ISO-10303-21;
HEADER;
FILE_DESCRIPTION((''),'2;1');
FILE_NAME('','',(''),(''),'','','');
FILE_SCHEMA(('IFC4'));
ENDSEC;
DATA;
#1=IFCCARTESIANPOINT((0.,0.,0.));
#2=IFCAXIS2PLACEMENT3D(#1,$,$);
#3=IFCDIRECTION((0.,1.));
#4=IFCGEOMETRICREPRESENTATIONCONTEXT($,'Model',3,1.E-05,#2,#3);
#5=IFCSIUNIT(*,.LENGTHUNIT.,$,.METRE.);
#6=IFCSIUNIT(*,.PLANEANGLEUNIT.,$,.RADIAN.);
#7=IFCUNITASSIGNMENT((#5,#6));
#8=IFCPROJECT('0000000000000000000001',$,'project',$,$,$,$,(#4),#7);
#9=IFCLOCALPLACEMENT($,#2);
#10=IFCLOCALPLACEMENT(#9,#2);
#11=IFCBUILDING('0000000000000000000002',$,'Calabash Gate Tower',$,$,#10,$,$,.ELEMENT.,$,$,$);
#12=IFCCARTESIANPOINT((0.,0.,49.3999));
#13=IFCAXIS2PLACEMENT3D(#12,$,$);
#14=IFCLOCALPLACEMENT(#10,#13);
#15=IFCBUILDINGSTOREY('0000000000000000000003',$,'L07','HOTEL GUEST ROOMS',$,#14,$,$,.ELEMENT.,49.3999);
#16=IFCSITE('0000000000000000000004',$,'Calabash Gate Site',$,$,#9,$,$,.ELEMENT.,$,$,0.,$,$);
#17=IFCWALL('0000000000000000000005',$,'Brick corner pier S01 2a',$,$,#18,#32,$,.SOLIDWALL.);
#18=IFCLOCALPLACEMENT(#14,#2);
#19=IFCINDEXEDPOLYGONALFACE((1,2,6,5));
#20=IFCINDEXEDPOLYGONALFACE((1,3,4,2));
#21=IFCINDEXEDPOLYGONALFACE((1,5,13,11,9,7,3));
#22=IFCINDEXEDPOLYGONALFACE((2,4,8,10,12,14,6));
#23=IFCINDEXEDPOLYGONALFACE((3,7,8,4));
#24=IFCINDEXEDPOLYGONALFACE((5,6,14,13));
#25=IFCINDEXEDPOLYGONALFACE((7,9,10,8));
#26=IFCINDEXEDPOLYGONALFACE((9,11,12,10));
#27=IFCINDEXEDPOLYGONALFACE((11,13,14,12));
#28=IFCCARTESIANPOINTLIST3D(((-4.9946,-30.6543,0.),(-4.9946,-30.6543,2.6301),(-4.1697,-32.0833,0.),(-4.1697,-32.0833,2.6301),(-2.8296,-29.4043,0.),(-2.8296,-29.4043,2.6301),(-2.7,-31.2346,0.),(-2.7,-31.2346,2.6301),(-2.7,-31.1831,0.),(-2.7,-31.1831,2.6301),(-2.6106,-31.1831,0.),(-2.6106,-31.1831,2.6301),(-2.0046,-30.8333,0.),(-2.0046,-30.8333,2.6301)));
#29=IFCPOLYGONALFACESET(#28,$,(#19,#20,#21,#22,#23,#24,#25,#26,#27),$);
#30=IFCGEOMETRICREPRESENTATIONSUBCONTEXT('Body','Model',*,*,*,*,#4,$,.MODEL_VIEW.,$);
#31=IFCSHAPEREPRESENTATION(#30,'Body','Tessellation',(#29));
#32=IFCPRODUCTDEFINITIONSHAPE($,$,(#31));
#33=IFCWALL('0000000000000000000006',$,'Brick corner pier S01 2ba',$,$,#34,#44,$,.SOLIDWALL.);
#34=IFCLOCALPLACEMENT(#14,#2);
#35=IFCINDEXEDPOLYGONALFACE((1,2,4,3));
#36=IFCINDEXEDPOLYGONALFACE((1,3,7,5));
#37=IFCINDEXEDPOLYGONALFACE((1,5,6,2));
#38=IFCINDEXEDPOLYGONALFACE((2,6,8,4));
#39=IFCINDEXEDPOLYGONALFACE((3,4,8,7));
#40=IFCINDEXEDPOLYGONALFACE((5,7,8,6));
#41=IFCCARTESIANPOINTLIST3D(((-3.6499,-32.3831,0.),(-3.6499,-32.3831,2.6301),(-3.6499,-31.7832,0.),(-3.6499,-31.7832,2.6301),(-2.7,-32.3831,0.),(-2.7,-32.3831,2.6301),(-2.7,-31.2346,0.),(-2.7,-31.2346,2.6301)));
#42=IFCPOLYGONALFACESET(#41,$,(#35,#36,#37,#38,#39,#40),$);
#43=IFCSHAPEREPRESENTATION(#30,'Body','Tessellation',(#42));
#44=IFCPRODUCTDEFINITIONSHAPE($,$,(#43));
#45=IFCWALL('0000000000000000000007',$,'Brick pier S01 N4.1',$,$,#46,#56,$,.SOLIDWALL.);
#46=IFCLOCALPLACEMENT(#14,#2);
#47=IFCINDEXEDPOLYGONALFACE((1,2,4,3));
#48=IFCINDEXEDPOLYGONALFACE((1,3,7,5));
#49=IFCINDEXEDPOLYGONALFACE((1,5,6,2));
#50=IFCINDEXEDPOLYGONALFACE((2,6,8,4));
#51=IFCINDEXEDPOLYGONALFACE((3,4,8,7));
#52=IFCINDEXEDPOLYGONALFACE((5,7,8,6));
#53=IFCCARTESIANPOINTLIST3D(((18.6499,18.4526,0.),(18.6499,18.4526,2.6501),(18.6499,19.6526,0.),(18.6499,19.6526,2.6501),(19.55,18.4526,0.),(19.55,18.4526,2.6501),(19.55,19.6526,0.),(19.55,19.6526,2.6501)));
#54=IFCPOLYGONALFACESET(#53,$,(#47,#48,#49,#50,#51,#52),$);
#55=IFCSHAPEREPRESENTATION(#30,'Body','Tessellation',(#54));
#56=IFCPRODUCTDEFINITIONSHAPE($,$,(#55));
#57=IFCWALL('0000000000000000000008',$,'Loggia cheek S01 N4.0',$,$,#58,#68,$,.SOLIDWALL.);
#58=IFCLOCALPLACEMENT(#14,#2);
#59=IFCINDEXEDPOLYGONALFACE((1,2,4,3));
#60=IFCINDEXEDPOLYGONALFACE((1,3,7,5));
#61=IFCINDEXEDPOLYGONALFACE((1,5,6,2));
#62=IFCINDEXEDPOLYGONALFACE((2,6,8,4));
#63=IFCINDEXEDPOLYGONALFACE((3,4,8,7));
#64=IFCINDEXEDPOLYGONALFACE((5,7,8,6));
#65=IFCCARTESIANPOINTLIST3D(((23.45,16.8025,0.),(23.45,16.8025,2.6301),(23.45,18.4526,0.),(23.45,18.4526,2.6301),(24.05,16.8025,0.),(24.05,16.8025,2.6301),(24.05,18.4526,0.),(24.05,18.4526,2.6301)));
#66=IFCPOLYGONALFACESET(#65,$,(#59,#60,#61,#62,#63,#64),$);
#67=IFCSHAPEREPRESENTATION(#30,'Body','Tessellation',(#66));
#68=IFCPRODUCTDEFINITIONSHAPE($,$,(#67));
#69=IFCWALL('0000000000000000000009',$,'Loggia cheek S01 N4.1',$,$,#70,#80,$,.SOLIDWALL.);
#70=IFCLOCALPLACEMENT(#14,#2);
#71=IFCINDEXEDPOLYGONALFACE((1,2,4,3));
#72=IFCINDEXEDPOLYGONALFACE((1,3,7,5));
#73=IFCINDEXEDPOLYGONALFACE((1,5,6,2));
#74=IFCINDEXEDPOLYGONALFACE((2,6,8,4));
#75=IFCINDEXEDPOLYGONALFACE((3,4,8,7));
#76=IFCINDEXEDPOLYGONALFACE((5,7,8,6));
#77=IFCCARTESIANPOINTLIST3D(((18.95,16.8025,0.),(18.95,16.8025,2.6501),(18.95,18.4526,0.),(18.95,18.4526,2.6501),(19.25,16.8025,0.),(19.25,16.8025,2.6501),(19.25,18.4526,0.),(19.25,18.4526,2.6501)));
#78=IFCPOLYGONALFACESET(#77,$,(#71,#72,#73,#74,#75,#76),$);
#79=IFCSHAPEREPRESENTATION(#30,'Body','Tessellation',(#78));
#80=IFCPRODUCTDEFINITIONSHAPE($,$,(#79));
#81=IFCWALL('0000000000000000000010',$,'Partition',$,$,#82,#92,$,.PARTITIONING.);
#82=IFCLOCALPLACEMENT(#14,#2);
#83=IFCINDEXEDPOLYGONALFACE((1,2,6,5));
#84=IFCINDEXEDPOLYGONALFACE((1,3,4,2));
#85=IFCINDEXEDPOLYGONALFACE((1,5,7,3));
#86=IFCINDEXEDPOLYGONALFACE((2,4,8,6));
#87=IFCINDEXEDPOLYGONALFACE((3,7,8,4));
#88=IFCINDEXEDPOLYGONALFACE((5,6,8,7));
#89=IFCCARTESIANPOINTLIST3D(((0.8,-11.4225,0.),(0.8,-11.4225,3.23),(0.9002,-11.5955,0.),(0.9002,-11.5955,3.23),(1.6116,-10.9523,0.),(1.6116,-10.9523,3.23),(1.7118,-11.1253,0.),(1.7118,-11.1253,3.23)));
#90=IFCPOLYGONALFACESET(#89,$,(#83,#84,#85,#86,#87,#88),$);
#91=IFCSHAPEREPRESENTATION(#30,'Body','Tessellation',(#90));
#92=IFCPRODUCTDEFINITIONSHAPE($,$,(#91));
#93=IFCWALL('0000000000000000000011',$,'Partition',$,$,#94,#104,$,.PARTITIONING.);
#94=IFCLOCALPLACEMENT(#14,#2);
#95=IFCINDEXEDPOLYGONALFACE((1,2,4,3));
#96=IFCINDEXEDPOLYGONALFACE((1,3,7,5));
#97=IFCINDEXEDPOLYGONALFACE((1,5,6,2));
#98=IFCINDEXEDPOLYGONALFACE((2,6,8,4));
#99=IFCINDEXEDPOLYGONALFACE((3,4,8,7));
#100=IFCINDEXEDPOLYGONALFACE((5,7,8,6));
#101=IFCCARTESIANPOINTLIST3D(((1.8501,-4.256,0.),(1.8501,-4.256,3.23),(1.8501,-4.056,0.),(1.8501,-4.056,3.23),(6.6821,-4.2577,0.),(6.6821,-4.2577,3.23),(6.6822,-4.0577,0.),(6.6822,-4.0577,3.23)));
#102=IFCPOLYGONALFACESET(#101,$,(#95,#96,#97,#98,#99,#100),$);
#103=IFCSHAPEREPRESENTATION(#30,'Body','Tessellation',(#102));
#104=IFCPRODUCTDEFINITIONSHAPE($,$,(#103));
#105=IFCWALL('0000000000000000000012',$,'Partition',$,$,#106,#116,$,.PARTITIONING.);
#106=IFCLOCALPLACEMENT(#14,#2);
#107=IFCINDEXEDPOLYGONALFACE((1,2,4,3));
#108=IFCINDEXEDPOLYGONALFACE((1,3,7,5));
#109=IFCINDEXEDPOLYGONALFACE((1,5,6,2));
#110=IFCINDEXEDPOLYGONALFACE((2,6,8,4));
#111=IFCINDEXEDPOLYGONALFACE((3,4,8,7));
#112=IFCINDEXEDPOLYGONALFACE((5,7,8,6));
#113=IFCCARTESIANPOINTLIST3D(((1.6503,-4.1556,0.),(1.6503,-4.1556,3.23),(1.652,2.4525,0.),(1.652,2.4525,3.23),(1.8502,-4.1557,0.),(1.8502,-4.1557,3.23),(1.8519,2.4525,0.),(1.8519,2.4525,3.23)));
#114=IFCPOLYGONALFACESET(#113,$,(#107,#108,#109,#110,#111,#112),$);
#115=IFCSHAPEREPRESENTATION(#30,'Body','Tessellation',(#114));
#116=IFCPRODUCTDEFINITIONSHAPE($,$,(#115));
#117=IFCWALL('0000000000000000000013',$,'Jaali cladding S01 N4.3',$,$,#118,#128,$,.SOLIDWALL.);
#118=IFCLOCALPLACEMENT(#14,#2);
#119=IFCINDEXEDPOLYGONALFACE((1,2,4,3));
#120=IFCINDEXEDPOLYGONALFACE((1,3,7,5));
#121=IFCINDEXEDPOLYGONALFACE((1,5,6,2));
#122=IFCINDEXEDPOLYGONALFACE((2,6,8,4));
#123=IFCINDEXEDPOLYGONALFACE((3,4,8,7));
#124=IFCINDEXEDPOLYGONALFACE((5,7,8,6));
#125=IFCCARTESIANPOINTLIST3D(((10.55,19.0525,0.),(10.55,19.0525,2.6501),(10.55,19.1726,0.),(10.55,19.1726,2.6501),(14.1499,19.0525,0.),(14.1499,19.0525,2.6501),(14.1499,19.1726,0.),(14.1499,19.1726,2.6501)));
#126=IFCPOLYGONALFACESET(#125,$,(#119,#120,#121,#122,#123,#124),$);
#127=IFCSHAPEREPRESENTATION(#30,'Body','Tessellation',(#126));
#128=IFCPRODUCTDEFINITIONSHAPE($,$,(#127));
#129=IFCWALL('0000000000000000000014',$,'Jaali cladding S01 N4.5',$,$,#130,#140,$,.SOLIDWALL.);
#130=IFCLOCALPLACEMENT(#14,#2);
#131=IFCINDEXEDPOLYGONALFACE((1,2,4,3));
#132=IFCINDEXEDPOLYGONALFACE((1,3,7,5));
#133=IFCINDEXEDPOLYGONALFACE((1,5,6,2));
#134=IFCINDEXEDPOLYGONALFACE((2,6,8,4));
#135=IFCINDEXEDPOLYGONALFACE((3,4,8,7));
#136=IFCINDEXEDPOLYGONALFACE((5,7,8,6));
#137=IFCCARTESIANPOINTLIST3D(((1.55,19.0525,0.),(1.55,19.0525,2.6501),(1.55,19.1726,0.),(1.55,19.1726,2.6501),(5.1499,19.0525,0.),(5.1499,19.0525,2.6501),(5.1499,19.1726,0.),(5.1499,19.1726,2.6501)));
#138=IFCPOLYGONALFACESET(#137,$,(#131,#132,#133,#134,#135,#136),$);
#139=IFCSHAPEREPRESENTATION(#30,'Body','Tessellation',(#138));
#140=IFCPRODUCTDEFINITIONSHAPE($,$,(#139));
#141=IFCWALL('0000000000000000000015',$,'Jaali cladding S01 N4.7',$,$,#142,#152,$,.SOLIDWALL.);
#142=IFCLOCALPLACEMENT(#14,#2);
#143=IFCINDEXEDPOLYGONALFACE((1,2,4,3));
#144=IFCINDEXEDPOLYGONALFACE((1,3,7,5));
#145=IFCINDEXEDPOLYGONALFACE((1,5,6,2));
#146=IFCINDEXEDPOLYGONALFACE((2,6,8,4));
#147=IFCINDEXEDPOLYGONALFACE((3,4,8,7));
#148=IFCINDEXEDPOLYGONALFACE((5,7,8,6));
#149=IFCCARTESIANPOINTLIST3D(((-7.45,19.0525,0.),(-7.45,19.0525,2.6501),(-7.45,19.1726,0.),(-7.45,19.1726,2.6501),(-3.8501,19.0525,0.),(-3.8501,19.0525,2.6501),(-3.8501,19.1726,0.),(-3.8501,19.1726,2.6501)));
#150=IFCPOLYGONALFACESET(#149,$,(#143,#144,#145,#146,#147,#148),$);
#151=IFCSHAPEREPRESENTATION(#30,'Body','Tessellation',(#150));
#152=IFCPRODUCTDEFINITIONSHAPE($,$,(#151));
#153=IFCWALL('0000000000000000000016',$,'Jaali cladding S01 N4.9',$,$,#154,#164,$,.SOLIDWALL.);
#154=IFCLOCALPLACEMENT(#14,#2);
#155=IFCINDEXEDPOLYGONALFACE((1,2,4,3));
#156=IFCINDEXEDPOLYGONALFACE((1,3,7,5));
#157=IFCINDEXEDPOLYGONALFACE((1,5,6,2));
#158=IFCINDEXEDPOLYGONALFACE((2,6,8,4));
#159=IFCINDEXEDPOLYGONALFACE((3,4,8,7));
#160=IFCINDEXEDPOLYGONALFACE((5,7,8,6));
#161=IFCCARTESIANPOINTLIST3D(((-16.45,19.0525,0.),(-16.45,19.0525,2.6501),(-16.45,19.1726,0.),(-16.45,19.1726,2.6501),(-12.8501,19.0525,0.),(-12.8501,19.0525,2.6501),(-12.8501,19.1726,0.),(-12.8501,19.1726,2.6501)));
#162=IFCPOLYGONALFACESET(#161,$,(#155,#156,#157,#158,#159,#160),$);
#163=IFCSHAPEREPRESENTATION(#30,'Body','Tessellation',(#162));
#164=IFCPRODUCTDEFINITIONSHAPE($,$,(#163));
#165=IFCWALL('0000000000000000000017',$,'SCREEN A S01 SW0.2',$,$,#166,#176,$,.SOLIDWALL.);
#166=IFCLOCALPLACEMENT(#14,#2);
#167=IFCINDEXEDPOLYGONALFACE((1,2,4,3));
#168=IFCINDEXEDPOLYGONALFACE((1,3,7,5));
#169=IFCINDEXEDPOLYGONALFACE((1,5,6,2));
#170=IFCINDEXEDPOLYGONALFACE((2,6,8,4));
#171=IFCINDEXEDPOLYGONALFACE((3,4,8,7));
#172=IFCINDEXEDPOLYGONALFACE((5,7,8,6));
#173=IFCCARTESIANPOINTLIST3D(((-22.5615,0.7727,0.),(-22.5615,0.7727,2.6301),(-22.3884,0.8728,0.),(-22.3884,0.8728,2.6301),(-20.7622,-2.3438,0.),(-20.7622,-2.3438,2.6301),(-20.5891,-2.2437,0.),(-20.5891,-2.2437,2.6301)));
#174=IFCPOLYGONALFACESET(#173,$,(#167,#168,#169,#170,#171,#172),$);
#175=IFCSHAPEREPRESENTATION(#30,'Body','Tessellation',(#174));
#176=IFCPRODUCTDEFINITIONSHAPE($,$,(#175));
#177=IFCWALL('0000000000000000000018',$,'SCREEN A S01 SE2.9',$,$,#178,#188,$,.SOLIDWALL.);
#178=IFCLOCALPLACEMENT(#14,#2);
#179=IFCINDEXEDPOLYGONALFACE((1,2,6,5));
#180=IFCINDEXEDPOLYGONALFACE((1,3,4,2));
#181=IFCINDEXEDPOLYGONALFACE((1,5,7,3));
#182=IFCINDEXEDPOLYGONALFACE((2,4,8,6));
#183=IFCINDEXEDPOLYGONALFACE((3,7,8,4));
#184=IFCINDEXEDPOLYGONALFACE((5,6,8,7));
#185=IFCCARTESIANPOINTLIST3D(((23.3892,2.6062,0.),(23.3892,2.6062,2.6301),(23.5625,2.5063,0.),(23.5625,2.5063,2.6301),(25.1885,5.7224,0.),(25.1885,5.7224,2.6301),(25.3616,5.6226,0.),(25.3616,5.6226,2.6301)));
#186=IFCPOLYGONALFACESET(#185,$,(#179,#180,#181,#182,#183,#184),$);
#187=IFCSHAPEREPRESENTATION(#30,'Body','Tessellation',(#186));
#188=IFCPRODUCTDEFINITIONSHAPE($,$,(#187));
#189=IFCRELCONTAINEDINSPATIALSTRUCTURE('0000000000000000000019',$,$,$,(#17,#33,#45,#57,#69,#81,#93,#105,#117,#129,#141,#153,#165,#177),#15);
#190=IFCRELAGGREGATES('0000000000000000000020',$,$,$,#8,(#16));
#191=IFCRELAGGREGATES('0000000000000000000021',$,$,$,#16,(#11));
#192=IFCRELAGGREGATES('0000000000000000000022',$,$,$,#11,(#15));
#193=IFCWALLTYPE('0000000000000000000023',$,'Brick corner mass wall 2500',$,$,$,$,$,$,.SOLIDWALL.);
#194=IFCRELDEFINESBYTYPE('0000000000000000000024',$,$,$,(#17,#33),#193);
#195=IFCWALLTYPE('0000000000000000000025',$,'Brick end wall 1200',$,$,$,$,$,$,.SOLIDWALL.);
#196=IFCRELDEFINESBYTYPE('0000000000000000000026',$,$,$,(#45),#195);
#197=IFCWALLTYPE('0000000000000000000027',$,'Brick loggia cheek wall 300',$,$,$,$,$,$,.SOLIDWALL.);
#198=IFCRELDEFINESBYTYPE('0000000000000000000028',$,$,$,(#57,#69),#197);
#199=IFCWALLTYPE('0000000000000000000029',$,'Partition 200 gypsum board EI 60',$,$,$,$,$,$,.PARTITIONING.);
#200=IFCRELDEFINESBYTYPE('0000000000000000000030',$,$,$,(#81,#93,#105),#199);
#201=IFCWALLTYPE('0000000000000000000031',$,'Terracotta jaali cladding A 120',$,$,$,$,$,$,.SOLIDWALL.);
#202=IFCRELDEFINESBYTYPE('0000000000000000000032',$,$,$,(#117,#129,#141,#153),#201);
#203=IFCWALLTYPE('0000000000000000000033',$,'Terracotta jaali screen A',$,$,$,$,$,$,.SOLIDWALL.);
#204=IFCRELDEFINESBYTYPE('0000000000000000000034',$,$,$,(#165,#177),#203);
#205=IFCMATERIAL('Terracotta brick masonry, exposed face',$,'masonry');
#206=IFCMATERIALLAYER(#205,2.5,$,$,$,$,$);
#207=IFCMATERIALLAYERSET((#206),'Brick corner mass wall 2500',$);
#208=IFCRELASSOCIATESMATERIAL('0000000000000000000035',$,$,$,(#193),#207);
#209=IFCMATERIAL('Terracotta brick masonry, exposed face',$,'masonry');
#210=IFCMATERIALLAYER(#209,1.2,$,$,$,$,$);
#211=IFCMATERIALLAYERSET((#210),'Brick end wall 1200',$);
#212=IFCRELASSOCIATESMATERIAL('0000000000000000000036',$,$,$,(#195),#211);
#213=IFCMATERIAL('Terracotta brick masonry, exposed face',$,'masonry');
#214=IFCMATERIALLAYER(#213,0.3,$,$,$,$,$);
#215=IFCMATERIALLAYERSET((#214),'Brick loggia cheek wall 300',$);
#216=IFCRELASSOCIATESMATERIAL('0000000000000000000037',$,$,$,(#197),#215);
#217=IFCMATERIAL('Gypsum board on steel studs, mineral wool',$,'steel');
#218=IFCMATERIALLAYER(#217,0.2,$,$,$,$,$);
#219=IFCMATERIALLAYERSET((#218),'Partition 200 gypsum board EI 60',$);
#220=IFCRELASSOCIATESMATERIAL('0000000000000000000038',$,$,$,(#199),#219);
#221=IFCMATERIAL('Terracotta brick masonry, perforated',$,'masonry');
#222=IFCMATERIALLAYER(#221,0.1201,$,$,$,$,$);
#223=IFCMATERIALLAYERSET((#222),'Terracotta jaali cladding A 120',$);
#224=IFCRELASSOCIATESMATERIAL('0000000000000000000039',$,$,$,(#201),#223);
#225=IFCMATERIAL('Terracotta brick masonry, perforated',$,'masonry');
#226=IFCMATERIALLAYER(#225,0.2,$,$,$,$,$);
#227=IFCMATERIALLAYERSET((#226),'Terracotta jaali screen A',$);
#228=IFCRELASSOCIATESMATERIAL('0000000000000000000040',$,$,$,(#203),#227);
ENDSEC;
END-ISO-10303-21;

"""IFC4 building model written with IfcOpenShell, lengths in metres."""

from ifc_helpers import new_model, si_unit, direction, frame, frame_2d, origin, place, context, subcontext, project, spatial, polyline, rectangle, outline, extrude, material, layer, layer_set, type_object, element, save


model = new_model("IFC4")

# Units and contexts
model_context = context("Model", 3, precision=1e-05, world=origin(), true_north=direction((0.0, 1.0)))
body_context = subcontext(model_context, "Body", "Model", "MODEL_VIEW")
ifc_project = project(units=[si_unit("LENGTHUNIT", "METRE"), si_unit("PLANEANGLEUNIT", "RADIAN")], contexts=[model_context])

# Site, building, storey
site_placement = place(None, origin())
site = spatial("IfcSite", under=ifc_project, at=site_placement, Name="Calabash Gate Site", CompositionType="ELEMENT", RefElevation=0.0)
building_placement = place(site_placement, origin())
building = spatial("IfcBuilding", under=site, at=building_placement, Name="Calabash Gate Tower", CompositionType="ELEMENT")
storey_placement = place(building_placement, frame((0.0, 0.0, 49.3999)))
storey = spatial("IfcBuildingStorey", under=building, at=storey_placement, Name="L07", Description="HOTEL GUEST ROOMS", CompositionType="ELEMENT", Elevation=49.3999)

# Walls
ifc_material_1 = material(Name="Terracotta brick masonry, exposed face", Category="masonry")
ifc_layer_1 = layer(ifc_material_1, 2.5)
ifc_layer_set_1 = layer_set([ifc_layer_1], Name="Brick corner mass wall 2500")
wall_type_1 = type_object("IfcWallType", Name="Brick corner mass wall 2500", PredefinedType="SOLIDWALL", material=ifc_layer_set_1)
wall_1_placement = place(storey_placement, origin())
element("IfcWall", 1, at=wall_1_placement, inside=storey, type_object=wall_type_1, Name="Brick corner pier S01 2a", PredefinedType="SOLIDWALL", context=body_context, shape_type="SweptSolid", body=[
    extrude(outline(polyline([(-2.0046, -30.8333), (-2.8296, -29.4043), (-4.9946, -30.6543), (-4.1697, -32.0833), (-2.7, -31.2346), (-2.7, -31.1831), (-2.6106, -31.1831), (-2.0046, -30.8333)])), origin(), (0.0, 0.0, 1.0), 2.6301),
])
wall_2_placement = place(storey_placement, origin())
element("IfcWall", 2, at=wall_2_placement, inside=storey, type_object=wall_type_1, Name="Brick corner pier S01 2ba", PredefinedType="SOLIDWALL", context=body_context, shape_type="SweptSolid", body=[
    extrude(outline(polyline([(-3.6499, -31.7832), (-3.6499, -32.3831), (-2.7, -32.3831), (-2.7, -31.2346), (-3.6499, -31.7832)])), origin(), (0.0, 0.0, 1.0), 2.6301),
])
ifc_material_2 = material(Name="Terracotta brick masonry, exposed face", Category="masonry")
ifc_layer_2 = layer(ifc_material_2, 1.2)
ifc_layer_set_2 = layer_set([ifc_layer_2], Name="Brick end wall 1200")
wall_type_2 = type_object("IfcWallType", Name="Brick end wall 1200", PredefinedType="SOLIDWALL", material=ifc_layer_set_2)
wall_3_placement = place(storey_placement, origin())
element("IfcWall", 3, at=wall_3_placement, inside=storey, type_object=wall_type_2, Name="Brick pier S01 N4.1", PredefinedType="SOLIDWALL", context=body_context, shape_type="SweptSolid", body=[
    extrude(outline(polyline([(19.55, 19.6526), (18.6499, 19.6526), (18.6499, 18.4526), (19.55, 18.4526), (19.55, 19.6526)])), origin(), (0.0, 0.0, 1.0), 2.6501),
])
ifc_material_3 = material(Name="Terracotta brick masonry, exposed face", Category="masonry")
ifc_layer_3 = layer(ifc_material_3, 0.3)
ifc_layer_set_3 = layer_set([ifc_layer_3], Name="Brick loggia cheek wall 300")
wall_type_3 = type_object("IfcWallType", Name="Brick loggia cheek wall 300", PredefinedType="SOLIDWALL", material=ifc_layer_set_3)
wall_4_placement = place(storey_placement, origin())
element("IfcWall", 4, at=wall_4_placement, inside=storey, type_object=wall_type_3, Name="Loggia cheek S01 N4.0", PredefinedType="SOLIDWALL", context=body_context, shape_type="SweptSolid", body=[
    extrude(outline(polyline([(24.05, 16.8025), (24.05, 18.4526), (23.45, 18.4526), (23.45, 16.8025), (24.05, 16.8025)])), origin(), (0.0, 0.0, 1.0), 2.6301),
])
wall_5_placement = place(storey_placement, origin())
element("IfcWall", 5, at=wall_5_placement, inside=storey, type_object=wall_type_3, Name="Loggia cheek S01 N4.1", PredefinedType="SOLIDWALL", context=body_context, shape_type="SweptSolid", body=[
    extrude(outline(polyline([(18.95, 18.4526), (18.95, 16.8025), (19.25, 16.8025), (19.25, 18.4526), (18.95, 18.4526)])), origin(), (0.0, 0.0, 1.0), 2.6501),
])
ifc_material_4 = material(Name="Gypsum board on steel studs, mineral wool", Category="steel")
ifc_layer_4 = layer(ifc_material_4, 0.2)
ifc_layer_set_4 = layer_set([ifc_layer_4], Name="Partition 200 gypsum board EI 60")
wall_type_4 = type_object("IfcWallType", Name="Partition 200 gypsum board EI 60", PredefinedType="PARTITIONING", material=ifc_layer_set_4)
wall_6_placement = place(storey_placement, frame((0.8501, -11.509, 0.0), z_axis=(0.0, 0.0, 1.0), x_axis=(0.865248, 0.501344, 0.0)))
element("IfcWall", 6, at=wall_6_placement, inside=storey, type_object=wall_type_4, Name="Partition", PredefinedType="PARTITIONING", context=body_context, shape_type="SweptSolid", body=[
    extrude(rectangle(XDim=0.938, YDim=0.2, at=frame_2d((0.469, 0.0))), origin(), (0.0, 0.0, 1.0), 3.23),
])
wall_7_placement = place(storey_placement, frame((1.8501, -4.156, 0.0), z_axis=(0.0, 0.0, 1.0), x_axis=(1.0, -0.000354, 0.0)))
element("IfcWall", 7, at=wall_7_placement, inside=storey, type_object=wall_type_4, Name="Partition", PredefinedType="PARTITIONING", context=body_context, shape_type="SweptSolid", body=[
    extrude(rectangle(XDim=4.832, YDim=0.2, at=frame_2d((2.416, 0.0))), origin(), (0.0, 0.0, 1.0), 3.23),
])
wall_8_placement = place(storey_placement, frame((1.7502, -4.1558, 0.0), z_axis=(0.0, 0.0, 1.0), x_axis=(0.000259, 1.0, 0.0)))
element("IfcWall", 8, at=wall_8_placement, inside=storey, type_object=wall_type_4, Name="Partition", PredefinedType="PARTITIONING", context=body_context, shape_type="SweptSolid", body=[
    extrude(rectangle(XDim=6.6082, YDim=0.2, at=frame_2d((3.3042, 0.0))), origin(), (0.0, 0.0, 1.0), 3.23),
])
ifc_material_5 = material(Name="Terracotta brick masonry, perforated", Category="masonry")
ifc_layer_5 = layer(ifc_material_5, 0.1201)
ifc_layer_set_5 = layer_set([ifc_layer_5], Name="Terracotta jaali cladding A 120")
wall_type_5 = type_object("IfcWallType", Name="Terracotta jaali cladding A 120", PredefinedType="SOLIDWALL", material=ifc_layer_set_5)
wall_9_placement = place(storey_placement, origin())
element("IfcWall", 9, at=wall_9_placement, inside=storey, type_object=wall_type_5, Name="Jaali cladding S01 N4.3", PredefinedType="SOLIDWALL", context=body_context, shape_type="SweptSolid", body=[
    extrude(outline(polyline([(10.55, 19.1726), (10.55, 19.0525), (14.1499, 19.0525), (14.1499, 19.1726), (10.55, 19.1726)])), origin(), (0.0, 0.0, 1.0), 2.6501),
])
wall_10_placement = place(storey_placement, origin())
element("IfcWall", 10, at=wall_10_placement, inside=storey, type_object=wall_type_5, Name="Jaali cladding S01 N4.5", PredefinedType="SOLIDWALL", context=body_context, shape_type="SweptSolid", body=[
    extrude(outline(polyline([(1.55, 19.1726), (1.55, 19.0525), (5.1499, 19.0525), (5.1499, 19.1726), (1.55, 19.1726)])), origin(), (0.0, 0.0, 1.0), 2.6501),
])
wall_11_placement = place(storey_placement, origin())
element("IfcWall", 11, at=wall_11_placement, inside=storey, type_object=wall_type_5, Name="Jaali cladding S01 N4.7", PredefinedType="SOLIDWALL", context=body_context, shape_type="SweptSolid", body=[
    extrude(outline(polyline([(-7.45, 19.1726), (-7.45, 19.0525), (-3.8501, 19.0525), (-3.8501, 19.1726), (-7.45, 19.1726)])), origin(), (0.0, 0.0, 1.0), 2.6501),
])
wall_12_placement = place(storey_placement, origin())
element("IfcWall", 12, at=wall_12_placement, inside=storey, type_object=wall_type_5, Name="Jaali cladding S01 N4.9", PredefinedType="SOLIDWALL", context=body_context, shape_type="SweptSolid", body=[
    extrude(outline(polyline([(-16.45, 19.1726), (-16.45, 19.0525), (-12.8501, 19.0525), (-12.8501, 19.1726), (-16.45, 19.1726)])), origin(), (0.0, 0.0, 1.0), 2.6501),
])
ifc_material_6 = material(Name="Terracotta brick masonry, perforated", Category="masonry")
ifc_layer_6 = layer(ifc_material_6, 0.2)
ifc_layer_set_6 = layer_set([ifc_layer_6], Name="Terracotta jaali screen A")
wall_type_6 = type_object("IfcWallType", Name="Terracotta jaali screen A", PredefinedType="SOLIDWALL", material=ifc_layer_set_6)
wall_13_placement = place(storey_placement, origin())
element("IfcWall", 13, at=wall_13_placement, inside=storey, type_object=wall_type_6, Name="SCREEN A S01 SW0.2", PredefinedType="SOLIDWALL", context=body_context, shape_type="SweptSolid", body=[
    extrude(outline(polyline([(-22.5615, 0.7727), (-20.7622, -2.3438), (-20.5891, -2.2437), (-22.3884, 0.8728), (-22.5615, 0.7727)])), origin(), (0.0, 0.0, 1.0), 2.6301),
])
wall_14_placement = place(storey_placement, origin())
element("IfcWall", 14, at=wall_14_placement, inside=storey, type_object=wall_type_6, Name="SCREEN A S01 SE2.9", PredefinedType="SOLIDWALL", context=body_context, shape_type="SweptSolid", body=[
    extrude(outline(polyline([(25.1885, 5.7224), (23.3892, 2.6062), (23.5625, 2.5063), (25.3616, 5.6226), (25.1885, 5.7224)])), origin(), (0.0, 0.0, 1.0), 2.6301),
])

save(model, "model.ifc")
